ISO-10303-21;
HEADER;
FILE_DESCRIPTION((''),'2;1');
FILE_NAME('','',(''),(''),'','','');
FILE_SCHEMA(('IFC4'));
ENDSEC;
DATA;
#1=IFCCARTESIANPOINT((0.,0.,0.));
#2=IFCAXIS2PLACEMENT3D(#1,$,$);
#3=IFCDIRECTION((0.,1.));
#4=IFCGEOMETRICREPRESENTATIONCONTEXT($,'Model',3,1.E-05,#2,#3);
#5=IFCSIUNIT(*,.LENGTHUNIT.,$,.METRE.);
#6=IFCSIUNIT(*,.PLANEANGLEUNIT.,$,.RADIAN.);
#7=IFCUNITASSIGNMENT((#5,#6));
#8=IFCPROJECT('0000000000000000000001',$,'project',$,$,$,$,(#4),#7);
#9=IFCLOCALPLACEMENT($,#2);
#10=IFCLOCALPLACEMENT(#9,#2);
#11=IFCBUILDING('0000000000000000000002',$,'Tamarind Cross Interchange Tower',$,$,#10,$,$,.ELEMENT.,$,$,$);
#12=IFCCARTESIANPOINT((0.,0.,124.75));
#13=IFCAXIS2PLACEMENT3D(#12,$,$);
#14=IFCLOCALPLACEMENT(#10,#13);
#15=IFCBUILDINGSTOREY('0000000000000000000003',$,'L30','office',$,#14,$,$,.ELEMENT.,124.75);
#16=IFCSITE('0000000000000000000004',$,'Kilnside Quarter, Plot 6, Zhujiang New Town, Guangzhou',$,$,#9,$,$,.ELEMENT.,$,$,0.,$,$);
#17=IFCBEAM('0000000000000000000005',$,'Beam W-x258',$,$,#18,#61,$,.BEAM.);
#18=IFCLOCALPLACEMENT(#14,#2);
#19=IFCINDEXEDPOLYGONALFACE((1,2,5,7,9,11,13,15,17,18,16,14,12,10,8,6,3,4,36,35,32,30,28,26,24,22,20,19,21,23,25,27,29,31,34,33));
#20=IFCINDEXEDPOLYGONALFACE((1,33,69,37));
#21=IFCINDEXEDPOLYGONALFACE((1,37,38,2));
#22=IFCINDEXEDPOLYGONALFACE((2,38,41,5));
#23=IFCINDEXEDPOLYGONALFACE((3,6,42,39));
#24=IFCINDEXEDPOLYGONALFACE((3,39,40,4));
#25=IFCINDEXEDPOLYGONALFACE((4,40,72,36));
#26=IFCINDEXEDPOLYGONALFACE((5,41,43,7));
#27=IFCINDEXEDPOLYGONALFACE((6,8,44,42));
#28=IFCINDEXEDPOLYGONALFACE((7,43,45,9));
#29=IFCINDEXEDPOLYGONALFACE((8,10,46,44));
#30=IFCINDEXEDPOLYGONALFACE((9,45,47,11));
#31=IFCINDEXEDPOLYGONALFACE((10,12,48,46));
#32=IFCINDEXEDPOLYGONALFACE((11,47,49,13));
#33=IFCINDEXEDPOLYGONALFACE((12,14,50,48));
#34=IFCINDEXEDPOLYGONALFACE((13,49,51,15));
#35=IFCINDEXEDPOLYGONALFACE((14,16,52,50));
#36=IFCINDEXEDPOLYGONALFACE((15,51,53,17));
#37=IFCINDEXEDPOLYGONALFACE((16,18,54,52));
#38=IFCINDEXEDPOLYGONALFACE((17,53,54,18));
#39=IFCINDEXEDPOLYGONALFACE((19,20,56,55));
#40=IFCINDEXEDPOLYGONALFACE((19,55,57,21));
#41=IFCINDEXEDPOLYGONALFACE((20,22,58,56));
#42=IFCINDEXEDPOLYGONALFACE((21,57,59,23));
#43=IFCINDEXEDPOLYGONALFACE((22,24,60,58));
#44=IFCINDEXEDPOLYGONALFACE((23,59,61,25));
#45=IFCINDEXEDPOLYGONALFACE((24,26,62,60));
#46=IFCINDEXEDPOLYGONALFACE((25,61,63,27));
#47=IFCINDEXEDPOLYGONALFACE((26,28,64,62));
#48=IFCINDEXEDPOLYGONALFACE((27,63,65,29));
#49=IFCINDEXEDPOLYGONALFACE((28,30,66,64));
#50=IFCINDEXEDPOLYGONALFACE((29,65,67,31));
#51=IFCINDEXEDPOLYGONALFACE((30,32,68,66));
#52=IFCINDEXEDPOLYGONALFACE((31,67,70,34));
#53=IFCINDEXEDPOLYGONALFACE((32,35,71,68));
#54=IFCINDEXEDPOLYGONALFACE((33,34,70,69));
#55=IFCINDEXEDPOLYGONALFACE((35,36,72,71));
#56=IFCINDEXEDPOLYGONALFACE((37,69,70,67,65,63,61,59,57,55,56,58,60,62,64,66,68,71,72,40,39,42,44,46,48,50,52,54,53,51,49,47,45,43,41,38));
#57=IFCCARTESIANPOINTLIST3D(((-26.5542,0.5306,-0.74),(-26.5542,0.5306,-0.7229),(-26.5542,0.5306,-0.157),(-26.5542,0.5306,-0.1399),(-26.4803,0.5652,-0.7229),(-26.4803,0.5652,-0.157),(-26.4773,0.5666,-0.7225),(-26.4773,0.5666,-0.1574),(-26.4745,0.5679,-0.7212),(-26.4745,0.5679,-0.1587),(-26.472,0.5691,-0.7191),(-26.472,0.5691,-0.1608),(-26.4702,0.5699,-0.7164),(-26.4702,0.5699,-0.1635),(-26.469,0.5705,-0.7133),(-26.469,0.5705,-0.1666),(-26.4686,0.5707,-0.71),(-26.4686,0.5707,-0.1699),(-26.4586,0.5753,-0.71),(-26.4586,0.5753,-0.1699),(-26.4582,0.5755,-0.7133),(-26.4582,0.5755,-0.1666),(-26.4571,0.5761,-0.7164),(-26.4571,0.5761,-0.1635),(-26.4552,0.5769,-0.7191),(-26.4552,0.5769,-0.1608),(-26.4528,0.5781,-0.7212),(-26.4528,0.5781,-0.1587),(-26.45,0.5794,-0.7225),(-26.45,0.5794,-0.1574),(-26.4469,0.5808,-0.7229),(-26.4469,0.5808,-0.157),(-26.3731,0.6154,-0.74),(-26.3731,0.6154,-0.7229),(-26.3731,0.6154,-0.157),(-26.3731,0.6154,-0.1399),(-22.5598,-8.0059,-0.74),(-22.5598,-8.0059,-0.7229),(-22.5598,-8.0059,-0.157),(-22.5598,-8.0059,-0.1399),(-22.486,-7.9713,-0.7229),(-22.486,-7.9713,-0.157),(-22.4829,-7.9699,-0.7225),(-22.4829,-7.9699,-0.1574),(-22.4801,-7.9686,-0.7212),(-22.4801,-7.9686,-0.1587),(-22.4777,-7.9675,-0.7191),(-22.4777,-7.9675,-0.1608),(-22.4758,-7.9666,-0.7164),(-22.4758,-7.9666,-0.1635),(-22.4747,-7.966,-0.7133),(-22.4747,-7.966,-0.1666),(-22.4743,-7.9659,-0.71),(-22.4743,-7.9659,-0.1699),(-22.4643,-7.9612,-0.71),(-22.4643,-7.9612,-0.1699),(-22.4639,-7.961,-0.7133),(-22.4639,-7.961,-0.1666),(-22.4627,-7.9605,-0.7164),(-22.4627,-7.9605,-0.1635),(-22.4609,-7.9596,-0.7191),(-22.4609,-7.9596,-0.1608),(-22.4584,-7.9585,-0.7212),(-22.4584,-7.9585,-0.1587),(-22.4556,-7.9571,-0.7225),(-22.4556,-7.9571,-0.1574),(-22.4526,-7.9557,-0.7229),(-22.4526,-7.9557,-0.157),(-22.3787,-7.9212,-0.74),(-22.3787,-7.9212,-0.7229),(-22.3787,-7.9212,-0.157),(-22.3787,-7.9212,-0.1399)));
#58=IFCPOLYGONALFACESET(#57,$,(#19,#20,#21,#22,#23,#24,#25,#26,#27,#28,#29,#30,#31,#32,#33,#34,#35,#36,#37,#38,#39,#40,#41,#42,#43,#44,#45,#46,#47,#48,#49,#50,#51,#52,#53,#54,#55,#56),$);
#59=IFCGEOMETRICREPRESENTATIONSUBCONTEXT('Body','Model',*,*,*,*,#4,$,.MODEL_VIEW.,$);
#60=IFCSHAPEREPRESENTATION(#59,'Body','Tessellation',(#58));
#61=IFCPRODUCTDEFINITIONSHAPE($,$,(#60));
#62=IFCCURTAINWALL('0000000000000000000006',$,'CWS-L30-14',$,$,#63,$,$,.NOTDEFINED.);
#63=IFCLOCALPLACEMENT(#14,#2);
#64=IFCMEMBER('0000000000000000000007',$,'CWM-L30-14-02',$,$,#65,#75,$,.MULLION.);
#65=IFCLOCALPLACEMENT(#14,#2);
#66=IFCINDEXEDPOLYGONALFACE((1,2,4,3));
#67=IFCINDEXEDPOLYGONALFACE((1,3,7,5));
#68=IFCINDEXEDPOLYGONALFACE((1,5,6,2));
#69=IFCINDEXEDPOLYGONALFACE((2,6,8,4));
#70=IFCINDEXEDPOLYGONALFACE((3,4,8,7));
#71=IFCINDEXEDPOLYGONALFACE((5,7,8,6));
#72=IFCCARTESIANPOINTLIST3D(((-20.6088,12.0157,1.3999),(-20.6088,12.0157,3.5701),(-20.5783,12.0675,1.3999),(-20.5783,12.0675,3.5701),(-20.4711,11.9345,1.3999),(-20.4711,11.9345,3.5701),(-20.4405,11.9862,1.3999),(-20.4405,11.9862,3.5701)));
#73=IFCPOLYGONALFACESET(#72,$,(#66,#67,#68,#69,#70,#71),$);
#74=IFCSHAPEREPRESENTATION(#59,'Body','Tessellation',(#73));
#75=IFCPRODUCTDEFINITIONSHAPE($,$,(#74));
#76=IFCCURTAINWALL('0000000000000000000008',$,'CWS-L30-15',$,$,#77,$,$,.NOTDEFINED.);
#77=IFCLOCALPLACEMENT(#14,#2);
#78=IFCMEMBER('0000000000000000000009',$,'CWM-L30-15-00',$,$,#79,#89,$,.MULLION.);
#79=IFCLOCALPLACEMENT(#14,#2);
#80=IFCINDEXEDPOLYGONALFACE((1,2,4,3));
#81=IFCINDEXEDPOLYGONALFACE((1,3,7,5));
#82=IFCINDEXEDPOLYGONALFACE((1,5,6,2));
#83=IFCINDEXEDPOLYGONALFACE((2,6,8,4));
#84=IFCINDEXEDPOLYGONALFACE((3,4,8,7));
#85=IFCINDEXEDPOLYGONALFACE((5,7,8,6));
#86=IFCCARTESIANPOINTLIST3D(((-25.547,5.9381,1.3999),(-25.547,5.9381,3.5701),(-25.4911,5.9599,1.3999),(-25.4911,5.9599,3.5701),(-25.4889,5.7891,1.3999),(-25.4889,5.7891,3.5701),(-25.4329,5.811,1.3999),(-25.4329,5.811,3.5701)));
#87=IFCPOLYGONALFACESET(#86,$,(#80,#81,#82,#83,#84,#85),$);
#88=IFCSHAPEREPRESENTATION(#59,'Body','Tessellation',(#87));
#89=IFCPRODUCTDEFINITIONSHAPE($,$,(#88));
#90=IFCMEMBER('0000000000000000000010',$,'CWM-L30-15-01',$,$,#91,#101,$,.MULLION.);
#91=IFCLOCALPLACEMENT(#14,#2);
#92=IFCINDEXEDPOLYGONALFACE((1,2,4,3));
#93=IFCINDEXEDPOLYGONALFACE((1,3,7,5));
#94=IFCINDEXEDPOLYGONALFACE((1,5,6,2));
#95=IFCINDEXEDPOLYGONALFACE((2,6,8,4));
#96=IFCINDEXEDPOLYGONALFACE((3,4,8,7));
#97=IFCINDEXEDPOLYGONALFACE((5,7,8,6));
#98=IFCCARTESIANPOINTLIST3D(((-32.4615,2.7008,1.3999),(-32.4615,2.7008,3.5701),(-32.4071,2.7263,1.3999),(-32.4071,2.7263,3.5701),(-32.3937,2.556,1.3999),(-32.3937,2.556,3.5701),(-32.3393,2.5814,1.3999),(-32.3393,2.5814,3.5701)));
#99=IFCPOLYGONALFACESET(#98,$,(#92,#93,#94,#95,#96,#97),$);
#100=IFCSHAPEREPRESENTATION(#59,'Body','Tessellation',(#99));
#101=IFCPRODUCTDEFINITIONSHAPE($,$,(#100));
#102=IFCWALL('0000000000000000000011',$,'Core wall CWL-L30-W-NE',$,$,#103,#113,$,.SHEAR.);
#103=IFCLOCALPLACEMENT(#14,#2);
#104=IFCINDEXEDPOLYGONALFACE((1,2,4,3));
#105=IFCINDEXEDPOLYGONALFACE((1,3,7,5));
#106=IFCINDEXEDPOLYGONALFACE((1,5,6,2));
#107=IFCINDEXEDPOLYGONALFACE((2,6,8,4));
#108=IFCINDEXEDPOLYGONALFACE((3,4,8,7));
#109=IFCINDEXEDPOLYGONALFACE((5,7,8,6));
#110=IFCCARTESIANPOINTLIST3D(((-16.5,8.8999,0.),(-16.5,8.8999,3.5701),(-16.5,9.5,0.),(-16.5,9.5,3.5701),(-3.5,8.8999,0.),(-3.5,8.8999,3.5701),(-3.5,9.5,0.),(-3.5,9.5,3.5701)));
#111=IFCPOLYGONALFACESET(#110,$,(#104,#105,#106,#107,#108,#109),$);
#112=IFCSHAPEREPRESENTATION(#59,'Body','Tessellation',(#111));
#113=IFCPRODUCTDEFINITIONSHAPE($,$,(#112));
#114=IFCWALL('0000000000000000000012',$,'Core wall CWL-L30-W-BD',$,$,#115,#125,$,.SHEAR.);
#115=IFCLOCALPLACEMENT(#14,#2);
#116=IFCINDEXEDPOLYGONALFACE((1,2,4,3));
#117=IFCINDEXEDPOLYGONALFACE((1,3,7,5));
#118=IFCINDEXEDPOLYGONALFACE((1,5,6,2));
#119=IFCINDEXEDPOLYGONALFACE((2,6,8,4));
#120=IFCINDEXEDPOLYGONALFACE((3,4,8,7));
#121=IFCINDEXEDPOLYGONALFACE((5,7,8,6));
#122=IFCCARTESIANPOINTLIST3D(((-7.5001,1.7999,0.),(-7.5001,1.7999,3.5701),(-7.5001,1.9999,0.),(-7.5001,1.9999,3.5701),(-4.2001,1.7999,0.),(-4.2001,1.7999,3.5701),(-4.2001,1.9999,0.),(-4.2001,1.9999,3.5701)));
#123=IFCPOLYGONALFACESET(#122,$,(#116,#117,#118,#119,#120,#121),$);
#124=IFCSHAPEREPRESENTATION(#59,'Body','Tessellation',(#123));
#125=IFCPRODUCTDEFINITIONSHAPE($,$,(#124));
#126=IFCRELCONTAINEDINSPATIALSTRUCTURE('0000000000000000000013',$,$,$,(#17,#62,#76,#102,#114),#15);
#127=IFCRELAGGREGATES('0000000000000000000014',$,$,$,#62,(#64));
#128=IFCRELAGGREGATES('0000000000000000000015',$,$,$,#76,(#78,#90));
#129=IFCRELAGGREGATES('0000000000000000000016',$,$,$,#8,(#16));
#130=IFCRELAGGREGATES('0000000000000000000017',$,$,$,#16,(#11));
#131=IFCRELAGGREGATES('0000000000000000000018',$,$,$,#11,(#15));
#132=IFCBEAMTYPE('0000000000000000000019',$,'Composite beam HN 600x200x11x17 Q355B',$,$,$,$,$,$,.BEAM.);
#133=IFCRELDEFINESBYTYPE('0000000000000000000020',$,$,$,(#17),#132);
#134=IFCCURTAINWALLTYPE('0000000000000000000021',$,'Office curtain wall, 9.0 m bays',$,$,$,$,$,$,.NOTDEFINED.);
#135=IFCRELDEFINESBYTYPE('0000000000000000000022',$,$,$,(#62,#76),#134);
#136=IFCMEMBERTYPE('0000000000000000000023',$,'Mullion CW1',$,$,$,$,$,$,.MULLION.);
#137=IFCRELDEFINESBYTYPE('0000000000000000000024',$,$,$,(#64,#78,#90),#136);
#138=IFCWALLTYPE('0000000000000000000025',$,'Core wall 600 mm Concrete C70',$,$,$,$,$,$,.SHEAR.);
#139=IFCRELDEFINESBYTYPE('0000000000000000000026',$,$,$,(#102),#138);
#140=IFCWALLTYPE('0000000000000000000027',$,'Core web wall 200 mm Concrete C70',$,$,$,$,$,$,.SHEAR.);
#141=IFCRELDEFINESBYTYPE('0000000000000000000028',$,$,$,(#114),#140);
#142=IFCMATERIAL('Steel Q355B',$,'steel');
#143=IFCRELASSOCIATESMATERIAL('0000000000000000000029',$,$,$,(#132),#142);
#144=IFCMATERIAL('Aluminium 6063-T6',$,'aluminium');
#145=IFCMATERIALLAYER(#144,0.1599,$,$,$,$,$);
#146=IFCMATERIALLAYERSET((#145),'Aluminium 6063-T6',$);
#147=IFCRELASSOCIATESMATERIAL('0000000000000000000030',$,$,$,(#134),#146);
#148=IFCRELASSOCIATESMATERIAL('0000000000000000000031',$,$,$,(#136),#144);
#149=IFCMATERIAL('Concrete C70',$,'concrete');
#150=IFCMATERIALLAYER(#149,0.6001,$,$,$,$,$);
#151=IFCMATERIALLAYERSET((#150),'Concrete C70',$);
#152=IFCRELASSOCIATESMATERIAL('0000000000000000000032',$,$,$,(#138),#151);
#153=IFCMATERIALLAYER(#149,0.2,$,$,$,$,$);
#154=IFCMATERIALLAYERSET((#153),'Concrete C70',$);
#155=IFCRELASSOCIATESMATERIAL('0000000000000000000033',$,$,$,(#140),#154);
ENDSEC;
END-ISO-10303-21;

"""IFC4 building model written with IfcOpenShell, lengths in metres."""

from ifc_helpers import new_model, si_unit, direction, frame, frame_2d, origin, origin_2d, place, context, subcontext, project, spatial, rectangle, i_section, extrude, material, layer, layer_set, material_profile, profile_set, type_object, element, aggregate, save


model = new_model("IFC4")

# Units and contexts
model_context = context("Model", 3, precision=1e-05, world=origin(), true_north=direction((0.0, 1.0)))
body_context = subcontext(model_context, "Body", "Model", "MODEL_VIEW")
ifc_project = project(units=[si_unit("LENGTHUNIT", "METRE"), si_unit("PLANEANGLEUNIT", "RADIAN")], contexts=[model_context])

# Site, building, storey
site_placement = place(None, origin())
site = spatial("IfcSite", under=ifc_project, at=site_placement, Name="Kilnside Quarter, Plot 6, Zhujiang New Town, Guangzhou", CompositionType="ELEMENT", RefElevation=0.0)
building_placement = place(site_placement, origin())
building = spatial("IfcBuilding", under=site, at=building_placement, Name="Tamarind Cross Interchange Tower", CompositionType="ELEMENT")
storey_placement = place(building_placement, frame((0.0, 0.0, 124.75)))
storey = spatial("IfcBuildingStorey", under=building, at=storey_placement, Name="L30", Description="office", CompositionType="ELEMENT", Elevation=124.75)

# Beam
ifc_material_1 = material(Name="Steel Q355B", Category="steel")
ifc_material_profile_1 = material_profile(ifc_material_1, i_section(OverallWidth=0.2, OverallDepth=0.6001, WebThickness=0.011, FlangeThickness=0.0171, FilletRadius=0.0129, at=origin_2d()), Name="HN 600x200x11x17")
ifc_profile_set_1 = profile_set([ifc_material_profile_1], Name="Steel Q355B")
beam_type_1 = type_object("IfcBeamType", Name="Composite beam HN 600x200x11x17 Q355B", PredefinedType="BEAM", material=ifc_profile_set_1)
beam_1_placement = place(storey_placement, frame((-26.4636, 0.573, -0.4399), z_axis=(0.423811, -0.905751, 0.0), x_axis=(0.905751, 0.423811, 0.0)))
element("IfcBeam", 1, at=beam_1_placement, inside=storey, type_object=beam_type_1, Name="Beam W-x258", PredefinedType="BEAM", context=body_context, shape_type="SweptSolid", body=[
    extrude(i_section(OverallWidth=0.2, OverallDepth=0.6001, WebThickness=0.011, FlangeThickness=0.0171, FilletRadius=0.0129, at=origin_2d()), origin(), (0.0, 0.0, 1.0), 9.4248),
])

# Curtain wall, member
ifc_material_2 = material(Name="Aluminium 6063-T6", Category="aluminium")
ifc_layer_1 = layer(ifc_material_2, 0.1599)
ifc_layer_set_1 = layer_set([ifc_layer_1], Name="Aluminium 6063-T6")
curtain_wall_type = type_object("IfcCurtainWallType", Name="Office curtain wall, 9.0 m bays", PredefinedType="NOTDEFINED", material=ifc_layer_set_1)
curtain_wall_1_placement = place(storey_placement, origin())
curtain_wall_1 = element("IfcCurtainWall", 2, at=curtain_wall_1_placement, inside=storey, type_object=curtain_wall_type, Name="CWS-L30-14", PredefinedType="NOTDEFINED")
ifc_material_profile_2 = material_profile(ifc_material_2, rectangle(XDim=0.0601, YDim=0.1599, at=origin_2d()), Name="Mullion CW1")
ifc_profile_set_2 = profile_set([ifc_material_profile_2], Name="Aluminium 6063-T6")
member_type = type_object("IfcMemberType", Name="Mullion CW1", PredefinedType="MULLION", material=ifc_profile_set_2)
member_1_placement = place(storey_placement, frame((-20.5247, 12.001, 1.3999), z_axis=(0.0, 0.0, 1.0), x_axis=(-0.508183, -0.861249, 0.0)))
member_1 = element("IfcMember", 3, at=member_1_placement, type_object=member_type, Name="CWM-L30-14-02", PredefinedType="MULLION", context=body_context, shape_type="SweptSolid", body=[
    extrude(rectangle(XDim=0.0601, YDim=0.1599, at=origin_2d()), origin(), (0.0, 0.0, 1.0), 2.1702),
])
aggregate(curtain_wall_1, [member_1])

# Curtain wall, members
curtain_wall_2_placement = place(storey_placement, origin())
curtain_wall_2 = element("IfcCurtainWall", 4, at=curtain_wall_2_placement, inside=storey, type_object=curtain_wall_type, Name="CWS-L30-15", PredefinedType="NOTDEFINED")
member_2_placement = place(storey_placement, frame((-25.49, 5.8745, 1.3999), z_axis=(0.0, 0.0, 1.0), x_axis=(-0.931531, -0.363661, 0.0)))
member_2 = element("IfcMember", 5, at=member_2_placement, type_object=member_type, Name="CWM-L30-15-00", PredefinedType="MULLION", context=body_context, shape_type="SweptSolid", body=[
    extrude(rectangle(XDim=0.0601, YDim=0.1599, at=origin_2d()), origin(), (0.0, 0.0, 1.0), 2.1702),
])
member_3_placement = place(storey_placement, frame((-32.4004, 2.6411, 1.3999), z_axis=(0.0, 0.0, 1.0), x_axis=(-0.905752, -0.423807, 0.0)))
member_3 = element("IfcMember", 6, at=member_3_placement, type_object=member_type, Name="CWM-L30-15-01", PredefinedType="MULLION", context=body_context, shape_type="SweptSolid", body=[
    extrude(rectangle(XDim=0.0601, YDim=0.1599, at=origin_2d()), origin(), (0.0, 0.0, 1.0), 2.1702),
])
aggregate(curtain_wall_2, [member_2, member_3])

# Walls
ifc_material_3 = material(Name="Concrete C70", Category="concrete")
ifc_layer_2 = layer(ifc_material_3, 0.6001)
ifc_layer_set_2 = layer_set([ifc_layer_2], Name="Concrete C70")
wall_type_1 = type_object("IfcWallType", Name="Core wall 600 mm Concrete C70", PredefinedType="SHEAR", material=ifc_layer_set_2)
wall_1_placement = place(storey_placement, frame((-16.5, 9.2, 0.0), z_axis=(0.0, 0.0, 1.0), x_axis=(1.0, 0.0, 0.0)))
element("IfcWall", 7, at=wall_1_placement, inside=storey, type_object=wall_type_1, Name="Core wall CWL-L30-W-NE", PredefinedType="SHEAR", context=body_context, shape_type="SweptSolid", body=[
    extrude(rectangle(XDim=13.0, YDim=0.6001, at=frame_2d((6.5, 0.0))), origin(), (0.0, 0.0, 1.0), 3.5701),
])
ifc_layer_3 = layer(ifc_material_3, 0.2)
ifc_layer_set_3 = layer_set([ifc_layer_3], Name="Concrete C70")
wall_type_2 = type_object("IfcWallType", Name="Core web wall 200 mm Concrete C70", PredefinedType="SHEAR", material=ifc_layer_set_3)
wall_2_placement = place(storey_placement, frame((-7.5, 1.8999, 0.0), z_axis=(0.0, 0.0, 1.0), x_axis=(1.0, 0.0, 0.0)))
element("IfcWall", 8, at=wall_2_placement, inside=storey, type_object=wall_type_2, Name="Core wall CWL-L30-W-BD", PredefinedType="SHEAR", context=body_context, shape_type="SweptSolid", body=[
    extrude(rectangle(XDim=3.3, YDim=0.2, at=frame_2d((1.6499, 0.0))), origin(), (0.0, 0.0, 1.0), 3.5701),
])

save(model, "model.ifc")
